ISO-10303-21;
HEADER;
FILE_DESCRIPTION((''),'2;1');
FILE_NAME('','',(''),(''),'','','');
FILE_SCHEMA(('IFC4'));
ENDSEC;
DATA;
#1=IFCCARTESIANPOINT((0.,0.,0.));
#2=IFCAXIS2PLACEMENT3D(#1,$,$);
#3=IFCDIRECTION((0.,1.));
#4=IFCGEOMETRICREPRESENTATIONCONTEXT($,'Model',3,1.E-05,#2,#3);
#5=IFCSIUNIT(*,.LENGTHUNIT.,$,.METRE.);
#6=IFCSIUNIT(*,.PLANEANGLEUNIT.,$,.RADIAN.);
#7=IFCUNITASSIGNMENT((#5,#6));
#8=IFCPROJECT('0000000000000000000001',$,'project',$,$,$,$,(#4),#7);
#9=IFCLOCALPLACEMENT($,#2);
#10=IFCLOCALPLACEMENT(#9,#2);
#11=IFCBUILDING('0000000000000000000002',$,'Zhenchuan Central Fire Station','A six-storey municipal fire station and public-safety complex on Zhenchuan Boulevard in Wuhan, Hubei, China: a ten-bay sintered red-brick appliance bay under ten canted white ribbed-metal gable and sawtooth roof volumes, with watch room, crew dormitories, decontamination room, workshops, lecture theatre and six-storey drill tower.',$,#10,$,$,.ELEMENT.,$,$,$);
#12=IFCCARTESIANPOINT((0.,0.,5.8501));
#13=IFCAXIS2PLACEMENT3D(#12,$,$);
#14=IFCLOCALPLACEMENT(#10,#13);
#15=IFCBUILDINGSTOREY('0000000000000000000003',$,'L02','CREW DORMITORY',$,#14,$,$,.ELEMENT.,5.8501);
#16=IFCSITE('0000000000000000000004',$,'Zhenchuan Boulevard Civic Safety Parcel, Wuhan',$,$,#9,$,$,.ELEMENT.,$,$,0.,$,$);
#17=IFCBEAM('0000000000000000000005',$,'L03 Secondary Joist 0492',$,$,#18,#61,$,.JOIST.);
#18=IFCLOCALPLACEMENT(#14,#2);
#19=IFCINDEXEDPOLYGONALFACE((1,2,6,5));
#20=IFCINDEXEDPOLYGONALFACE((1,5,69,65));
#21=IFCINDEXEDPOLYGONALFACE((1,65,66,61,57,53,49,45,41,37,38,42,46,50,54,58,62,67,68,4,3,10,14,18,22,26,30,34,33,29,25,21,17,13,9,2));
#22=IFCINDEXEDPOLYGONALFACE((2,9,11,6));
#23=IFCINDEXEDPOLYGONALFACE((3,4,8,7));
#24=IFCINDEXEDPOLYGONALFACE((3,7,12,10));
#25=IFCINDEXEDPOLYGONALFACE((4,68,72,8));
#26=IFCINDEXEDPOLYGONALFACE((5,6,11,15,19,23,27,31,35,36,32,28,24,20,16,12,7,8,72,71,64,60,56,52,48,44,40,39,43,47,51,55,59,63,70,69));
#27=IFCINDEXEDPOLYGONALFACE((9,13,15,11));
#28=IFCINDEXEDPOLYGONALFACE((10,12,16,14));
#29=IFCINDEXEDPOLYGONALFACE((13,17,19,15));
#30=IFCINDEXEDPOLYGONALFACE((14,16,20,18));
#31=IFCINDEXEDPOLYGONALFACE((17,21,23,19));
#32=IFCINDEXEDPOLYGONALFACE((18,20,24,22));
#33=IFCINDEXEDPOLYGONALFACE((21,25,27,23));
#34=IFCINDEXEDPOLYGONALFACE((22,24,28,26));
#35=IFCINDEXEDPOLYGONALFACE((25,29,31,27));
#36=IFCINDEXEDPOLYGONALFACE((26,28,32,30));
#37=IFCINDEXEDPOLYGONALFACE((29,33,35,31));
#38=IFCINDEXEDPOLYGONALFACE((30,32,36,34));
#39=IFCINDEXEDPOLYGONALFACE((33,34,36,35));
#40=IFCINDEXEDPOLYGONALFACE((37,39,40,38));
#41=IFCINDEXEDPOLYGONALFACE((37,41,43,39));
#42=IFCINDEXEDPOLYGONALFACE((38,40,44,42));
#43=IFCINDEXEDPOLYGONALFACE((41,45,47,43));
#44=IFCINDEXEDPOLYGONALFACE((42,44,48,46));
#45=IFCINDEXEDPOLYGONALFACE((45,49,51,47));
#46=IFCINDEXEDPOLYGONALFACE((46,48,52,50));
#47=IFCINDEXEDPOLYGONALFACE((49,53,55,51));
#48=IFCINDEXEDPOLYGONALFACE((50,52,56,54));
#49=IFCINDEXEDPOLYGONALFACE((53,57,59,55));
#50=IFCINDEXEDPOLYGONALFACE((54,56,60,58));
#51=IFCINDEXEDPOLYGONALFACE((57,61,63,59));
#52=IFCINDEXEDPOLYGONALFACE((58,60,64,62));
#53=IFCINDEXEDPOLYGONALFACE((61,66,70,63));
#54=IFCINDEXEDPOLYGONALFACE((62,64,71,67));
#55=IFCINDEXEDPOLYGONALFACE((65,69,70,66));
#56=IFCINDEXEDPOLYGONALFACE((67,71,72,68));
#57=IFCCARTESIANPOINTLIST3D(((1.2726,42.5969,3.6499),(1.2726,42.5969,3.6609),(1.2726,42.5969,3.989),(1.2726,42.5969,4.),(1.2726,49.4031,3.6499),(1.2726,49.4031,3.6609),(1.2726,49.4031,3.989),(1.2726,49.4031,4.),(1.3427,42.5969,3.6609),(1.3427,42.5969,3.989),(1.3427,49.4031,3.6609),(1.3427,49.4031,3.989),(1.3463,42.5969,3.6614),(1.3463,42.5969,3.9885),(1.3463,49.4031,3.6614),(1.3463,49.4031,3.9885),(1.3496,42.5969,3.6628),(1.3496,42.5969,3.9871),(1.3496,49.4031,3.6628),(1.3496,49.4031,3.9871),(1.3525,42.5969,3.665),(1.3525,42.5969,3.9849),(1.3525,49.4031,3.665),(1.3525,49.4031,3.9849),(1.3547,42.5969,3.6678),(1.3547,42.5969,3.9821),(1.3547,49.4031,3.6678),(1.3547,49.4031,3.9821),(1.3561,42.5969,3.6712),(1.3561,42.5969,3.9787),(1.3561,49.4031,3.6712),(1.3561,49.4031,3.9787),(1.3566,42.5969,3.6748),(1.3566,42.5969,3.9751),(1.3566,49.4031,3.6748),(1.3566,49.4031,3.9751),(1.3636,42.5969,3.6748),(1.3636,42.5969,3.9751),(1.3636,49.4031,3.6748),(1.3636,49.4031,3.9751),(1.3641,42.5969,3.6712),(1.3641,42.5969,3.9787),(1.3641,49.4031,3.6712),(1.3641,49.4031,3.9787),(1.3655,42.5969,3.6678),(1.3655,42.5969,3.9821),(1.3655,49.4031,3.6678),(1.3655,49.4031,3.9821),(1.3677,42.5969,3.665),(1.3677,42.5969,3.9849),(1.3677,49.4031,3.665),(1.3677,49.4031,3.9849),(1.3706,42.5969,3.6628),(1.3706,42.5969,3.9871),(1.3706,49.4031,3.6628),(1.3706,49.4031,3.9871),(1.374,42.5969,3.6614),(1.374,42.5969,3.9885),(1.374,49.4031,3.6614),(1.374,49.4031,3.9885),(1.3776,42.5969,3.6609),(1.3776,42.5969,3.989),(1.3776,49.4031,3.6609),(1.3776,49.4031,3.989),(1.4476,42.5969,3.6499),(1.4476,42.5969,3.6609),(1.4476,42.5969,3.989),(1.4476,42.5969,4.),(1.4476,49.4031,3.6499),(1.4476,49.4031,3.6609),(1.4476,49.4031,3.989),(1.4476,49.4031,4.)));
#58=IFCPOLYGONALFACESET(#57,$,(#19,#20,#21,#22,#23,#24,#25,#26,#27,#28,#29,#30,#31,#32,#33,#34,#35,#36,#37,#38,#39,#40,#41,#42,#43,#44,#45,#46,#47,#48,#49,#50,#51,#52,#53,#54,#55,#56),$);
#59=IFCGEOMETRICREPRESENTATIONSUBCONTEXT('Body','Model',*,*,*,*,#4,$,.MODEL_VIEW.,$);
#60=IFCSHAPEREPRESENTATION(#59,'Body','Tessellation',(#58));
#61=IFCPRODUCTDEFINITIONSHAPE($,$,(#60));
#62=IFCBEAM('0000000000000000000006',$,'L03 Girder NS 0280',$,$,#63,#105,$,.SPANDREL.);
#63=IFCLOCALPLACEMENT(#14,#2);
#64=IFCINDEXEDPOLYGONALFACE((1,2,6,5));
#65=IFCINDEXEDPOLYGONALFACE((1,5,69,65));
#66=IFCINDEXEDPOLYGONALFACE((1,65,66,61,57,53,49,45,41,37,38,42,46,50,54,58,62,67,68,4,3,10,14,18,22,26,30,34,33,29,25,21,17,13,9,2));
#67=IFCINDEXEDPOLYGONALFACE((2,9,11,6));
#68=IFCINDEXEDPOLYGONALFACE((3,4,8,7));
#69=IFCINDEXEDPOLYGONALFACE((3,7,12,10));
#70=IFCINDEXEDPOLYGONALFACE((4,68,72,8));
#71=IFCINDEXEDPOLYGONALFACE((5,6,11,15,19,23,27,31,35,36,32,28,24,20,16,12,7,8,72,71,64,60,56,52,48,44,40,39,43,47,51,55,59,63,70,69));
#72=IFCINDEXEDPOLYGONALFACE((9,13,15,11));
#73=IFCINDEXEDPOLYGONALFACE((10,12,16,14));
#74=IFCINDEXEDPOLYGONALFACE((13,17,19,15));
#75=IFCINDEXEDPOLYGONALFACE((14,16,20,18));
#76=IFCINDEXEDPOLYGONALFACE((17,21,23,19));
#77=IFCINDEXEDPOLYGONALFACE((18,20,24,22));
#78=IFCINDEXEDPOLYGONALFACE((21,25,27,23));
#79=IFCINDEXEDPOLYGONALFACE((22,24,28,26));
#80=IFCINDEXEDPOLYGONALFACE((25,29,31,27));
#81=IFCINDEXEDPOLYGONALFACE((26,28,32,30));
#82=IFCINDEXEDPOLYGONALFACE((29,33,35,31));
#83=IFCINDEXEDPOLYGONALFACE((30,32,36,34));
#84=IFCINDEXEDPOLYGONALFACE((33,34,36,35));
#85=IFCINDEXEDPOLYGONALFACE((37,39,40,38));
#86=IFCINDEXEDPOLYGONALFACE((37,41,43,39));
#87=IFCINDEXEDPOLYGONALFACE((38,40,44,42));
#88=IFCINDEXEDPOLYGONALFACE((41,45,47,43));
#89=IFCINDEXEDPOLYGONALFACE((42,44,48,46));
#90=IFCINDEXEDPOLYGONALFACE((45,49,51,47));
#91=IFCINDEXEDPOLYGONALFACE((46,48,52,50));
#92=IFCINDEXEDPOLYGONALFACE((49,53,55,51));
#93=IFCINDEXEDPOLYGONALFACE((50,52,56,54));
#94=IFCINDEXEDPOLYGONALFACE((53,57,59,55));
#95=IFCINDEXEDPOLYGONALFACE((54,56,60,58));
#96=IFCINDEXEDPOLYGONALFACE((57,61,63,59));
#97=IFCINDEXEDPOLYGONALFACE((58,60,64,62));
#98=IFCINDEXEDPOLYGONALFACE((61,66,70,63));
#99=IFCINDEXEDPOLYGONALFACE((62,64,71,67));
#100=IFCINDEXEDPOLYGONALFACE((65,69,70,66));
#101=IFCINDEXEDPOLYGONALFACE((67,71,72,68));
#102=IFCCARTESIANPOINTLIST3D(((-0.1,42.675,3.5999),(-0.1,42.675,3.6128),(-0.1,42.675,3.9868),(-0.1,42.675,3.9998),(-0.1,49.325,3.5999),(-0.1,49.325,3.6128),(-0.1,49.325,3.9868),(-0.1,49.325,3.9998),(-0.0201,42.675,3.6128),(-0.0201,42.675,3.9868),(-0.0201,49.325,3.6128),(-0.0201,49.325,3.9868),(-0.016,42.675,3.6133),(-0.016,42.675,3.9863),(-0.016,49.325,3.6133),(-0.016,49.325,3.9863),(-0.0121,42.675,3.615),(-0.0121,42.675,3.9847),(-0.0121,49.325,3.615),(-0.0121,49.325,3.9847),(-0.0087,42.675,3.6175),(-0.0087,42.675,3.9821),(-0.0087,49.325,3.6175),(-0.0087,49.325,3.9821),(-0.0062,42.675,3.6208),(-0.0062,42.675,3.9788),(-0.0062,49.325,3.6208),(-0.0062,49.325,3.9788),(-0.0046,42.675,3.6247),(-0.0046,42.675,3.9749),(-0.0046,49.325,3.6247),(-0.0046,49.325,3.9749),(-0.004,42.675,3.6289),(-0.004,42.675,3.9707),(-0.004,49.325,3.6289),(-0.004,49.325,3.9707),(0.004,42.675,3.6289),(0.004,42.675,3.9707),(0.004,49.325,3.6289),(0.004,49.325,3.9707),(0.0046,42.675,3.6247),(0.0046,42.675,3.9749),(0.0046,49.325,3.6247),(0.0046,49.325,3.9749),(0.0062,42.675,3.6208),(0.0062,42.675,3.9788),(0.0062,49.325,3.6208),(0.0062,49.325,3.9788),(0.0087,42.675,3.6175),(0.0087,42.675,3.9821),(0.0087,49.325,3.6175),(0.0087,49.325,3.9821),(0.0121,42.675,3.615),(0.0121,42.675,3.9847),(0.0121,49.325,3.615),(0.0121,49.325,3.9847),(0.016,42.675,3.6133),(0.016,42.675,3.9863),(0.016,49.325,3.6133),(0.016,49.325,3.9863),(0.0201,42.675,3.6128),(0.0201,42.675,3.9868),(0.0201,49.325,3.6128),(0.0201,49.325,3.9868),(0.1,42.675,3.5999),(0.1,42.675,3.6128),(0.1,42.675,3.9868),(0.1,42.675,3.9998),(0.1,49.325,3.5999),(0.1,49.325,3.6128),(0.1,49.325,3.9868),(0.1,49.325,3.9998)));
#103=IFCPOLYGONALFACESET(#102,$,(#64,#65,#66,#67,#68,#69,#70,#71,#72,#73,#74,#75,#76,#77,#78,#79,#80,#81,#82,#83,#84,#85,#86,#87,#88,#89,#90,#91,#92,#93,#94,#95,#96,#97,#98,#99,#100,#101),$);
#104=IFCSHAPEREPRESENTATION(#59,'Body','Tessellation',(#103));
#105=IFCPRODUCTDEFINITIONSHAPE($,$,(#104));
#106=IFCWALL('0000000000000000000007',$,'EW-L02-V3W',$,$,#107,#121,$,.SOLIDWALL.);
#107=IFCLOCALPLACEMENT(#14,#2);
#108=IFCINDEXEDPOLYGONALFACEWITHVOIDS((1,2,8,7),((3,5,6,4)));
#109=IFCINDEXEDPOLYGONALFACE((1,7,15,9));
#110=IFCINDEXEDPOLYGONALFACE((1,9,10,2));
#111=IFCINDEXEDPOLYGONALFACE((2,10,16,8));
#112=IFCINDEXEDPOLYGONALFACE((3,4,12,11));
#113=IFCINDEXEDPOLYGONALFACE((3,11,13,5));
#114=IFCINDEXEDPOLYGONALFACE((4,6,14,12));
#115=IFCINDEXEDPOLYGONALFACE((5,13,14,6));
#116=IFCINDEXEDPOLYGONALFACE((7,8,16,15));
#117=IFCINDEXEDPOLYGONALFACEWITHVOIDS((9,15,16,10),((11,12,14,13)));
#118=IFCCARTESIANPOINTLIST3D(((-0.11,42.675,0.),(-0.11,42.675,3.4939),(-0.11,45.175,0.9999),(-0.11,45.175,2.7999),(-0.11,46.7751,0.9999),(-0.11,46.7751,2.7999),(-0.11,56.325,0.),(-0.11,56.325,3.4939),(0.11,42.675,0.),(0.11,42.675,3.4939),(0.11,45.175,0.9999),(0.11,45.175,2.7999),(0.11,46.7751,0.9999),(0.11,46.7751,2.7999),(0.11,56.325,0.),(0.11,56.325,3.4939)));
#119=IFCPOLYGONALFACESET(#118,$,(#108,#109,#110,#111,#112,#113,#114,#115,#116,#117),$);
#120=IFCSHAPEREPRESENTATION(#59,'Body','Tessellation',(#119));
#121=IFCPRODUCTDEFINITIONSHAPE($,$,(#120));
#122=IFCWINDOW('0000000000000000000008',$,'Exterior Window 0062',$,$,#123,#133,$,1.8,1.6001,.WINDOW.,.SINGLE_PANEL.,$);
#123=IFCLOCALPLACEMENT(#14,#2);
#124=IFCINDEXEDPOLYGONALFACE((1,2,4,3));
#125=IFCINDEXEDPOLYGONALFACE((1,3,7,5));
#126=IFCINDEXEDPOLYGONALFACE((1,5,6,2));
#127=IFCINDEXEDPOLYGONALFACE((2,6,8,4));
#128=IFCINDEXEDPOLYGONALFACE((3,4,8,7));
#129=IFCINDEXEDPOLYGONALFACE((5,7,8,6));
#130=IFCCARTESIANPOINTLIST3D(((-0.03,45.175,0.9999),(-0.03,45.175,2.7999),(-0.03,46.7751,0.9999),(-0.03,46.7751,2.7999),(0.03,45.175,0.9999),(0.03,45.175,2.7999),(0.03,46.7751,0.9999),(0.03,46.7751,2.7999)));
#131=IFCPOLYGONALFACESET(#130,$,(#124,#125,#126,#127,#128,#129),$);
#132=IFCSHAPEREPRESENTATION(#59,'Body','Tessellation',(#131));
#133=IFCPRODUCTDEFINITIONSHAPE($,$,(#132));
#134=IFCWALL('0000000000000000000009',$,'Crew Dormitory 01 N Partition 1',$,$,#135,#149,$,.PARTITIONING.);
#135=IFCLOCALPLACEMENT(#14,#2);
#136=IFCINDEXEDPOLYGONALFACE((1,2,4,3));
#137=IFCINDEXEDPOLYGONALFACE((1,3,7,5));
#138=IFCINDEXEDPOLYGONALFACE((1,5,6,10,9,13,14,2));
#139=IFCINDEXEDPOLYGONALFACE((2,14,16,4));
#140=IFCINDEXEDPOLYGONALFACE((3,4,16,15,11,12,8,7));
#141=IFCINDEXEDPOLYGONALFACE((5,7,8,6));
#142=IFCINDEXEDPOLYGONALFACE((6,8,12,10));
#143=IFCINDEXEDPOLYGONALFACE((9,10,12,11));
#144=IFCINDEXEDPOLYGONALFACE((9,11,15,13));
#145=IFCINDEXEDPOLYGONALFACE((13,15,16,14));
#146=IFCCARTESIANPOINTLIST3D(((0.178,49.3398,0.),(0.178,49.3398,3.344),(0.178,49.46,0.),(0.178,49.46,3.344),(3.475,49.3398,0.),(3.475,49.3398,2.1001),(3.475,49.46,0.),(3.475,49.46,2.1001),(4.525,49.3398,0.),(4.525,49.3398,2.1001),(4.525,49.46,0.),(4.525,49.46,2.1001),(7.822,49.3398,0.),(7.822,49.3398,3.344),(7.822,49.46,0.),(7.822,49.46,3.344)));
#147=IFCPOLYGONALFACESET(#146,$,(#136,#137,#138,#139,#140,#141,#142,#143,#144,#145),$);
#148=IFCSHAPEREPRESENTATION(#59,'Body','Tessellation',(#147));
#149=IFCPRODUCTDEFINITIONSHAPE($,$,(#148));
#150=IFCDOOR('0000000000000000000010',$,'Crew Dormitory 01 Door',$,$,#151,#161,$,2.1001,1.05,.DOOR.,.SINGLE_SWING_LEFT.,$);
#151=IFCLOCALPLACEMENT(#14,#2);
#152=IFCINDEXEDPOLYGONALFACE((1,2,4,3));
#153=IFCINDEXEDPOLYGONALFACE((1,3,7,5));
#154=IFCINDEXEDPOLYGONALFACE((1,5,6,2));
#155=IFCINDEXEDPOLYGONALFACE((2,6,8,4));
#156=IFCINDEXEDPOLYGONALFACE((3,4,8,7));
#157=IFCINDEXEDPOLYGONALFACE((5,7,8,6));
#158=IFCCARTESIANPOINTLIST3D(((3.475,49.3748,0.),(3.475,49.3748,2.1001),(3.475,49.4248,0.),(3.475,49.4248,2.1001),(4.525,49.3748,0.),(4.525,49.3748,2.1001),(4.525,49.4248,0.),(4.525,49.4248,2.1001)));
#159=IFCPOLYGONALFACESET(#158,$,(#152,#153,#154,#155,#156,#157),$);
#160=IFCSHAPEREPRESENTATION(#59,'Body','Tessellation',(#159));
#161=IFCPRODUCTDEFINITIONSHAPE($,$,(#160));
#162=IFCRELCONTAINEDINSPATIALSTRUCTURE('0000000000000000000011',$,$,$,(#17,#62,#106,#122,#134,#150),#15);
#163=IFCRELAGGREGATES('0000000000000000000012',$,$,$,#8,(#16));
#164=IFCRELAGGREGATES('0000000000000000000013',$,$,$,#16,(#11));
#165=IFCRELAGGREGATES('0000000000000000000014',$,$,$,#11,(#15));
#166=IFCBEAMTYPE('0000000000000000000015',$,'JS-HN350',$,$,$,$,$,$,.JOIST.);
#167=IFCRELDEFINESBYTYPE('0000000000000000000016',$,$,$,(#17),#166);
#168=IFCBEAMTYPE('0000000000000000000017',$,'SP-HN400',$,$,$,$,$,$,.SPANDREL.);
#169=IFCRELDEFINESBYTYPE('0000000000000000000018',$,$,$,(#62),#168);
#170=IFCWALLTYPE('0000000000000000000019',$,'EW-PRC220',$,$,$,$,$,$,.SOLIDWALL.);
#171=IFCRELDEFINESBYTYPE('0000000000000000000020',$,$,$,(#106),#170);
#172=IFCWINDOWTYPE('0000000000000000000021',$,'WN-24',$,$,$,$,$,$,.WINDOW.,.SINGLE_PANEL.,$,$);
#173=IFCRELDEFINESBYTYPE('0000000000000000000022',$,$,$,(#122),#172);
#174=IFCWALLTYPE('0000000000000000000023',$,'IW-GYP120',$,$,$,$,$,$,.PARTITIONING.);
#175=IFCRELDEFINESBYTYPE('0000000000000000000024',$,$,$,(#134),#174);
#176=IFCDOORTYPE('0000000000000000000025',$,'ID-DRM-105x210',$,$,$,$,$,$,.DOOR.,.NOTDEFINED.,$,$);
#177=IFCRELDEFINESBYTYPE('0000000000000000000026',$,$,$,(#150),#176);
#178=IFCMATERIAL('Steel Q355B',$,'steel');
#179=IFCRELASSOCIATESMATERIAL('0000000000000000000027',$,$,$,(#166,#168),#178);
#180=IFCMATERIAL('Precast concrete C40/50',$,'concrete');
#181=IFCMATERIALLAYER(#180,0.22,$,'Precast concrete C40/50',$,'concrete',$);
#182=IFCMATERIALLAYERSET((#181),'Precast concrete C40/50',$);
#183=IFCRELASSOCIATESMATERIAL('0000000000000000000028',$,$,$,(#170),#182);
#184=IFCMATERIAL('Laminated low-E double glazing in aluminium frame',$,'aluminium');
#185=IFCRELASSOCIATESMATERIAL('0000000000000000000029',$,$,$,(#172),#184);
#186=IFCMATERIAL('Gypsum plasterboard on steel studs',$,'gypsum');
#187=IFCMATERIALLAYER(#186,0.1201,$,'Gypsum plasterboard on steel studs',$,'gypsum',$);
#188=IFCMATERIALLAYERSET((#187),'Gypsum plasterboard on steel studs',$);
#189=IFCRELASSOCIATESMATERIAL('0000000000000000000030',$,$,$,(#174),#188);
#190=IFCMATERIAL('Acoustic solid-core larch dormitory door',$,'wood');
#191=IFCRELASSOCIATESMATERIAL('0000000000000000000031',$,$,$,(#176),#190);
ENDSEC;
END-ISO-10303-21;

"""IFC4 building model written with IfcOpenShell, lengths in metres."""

from ifc_helpers import new_model, si_unit, direction, frame, frame_2d, origin, origin_2d, place, context, subcontext, project, spatial, rectangle, i_section, extrude, material, layer, layer_set, material_profile, profile_set, type_object, element, fill, save


model = new_model("IFC4")

# Units and contexts
model_context = context("Model", 3, precision=1e-05, world=origin(), true_north=direction((0.0, 1.0)))
body_context = subcontext(model_context, "Body", "Model", "MODEL_VIEW")
ifc_project = project(units=[si_unit("LENGTHUNIT", "METRE"), si_unit("PLANEANGLEUNIT", "RADIAN")], contexts=[model_context])

# Site, building, storey
site_placement = place(None, origin())
site = spatial("IfcSite", under=ifc_project, at=site_placement, Name="Zhenchuan Boulevard Civic Safety Parcel, Wuhan", CompositionType="ELEMENT", RefElevation=0.0)
building_placement = place(site_placement, origin())
building = spatial("IfcBuilding", under=site, at=building_placement, Name="Zhenchuan Central Fire Station", Description="A six-storey municipal fire station and public-safety complex on Zhenchuan Boulevard in Wuhan, Hubei, China: a ten-bay sintered red-brick appliance bay under ten canted white ribbed-metal gable and sawtooth roof volumes, with watch room, crew dormitories, decontamination room, workshops, lecture theatre and six-storey drill tower.", CompositionType="ELEMENT")
storey_placement = place(building_placement, frame((0.0, 0.0, 5.8501)))
storey = spatial("IfcBuildingStorey", under=building, at=storey_placement, Name="L02", Description="CREW DORMITORY", CompositionType="ELEMENT", Elevation=5.8501)

# Shared definitions
ifc_material_1 = material(Name="Steel Q355B", Category="steel")

# Beams
ifc_material_profile_1 = material_profile(ifc_material_1, i_section(OverallWidth=0.175, OverallDepth=0.3501, WebThickness=0.0071, FlangeThickness=0.011, FilletRadius=0.0139, at=origin_2d()), Name="HN 350x175")
ifc_profile_set_1 = profile_set([ifc_material_profile_1], Name="Steel Q355B")
beam_type_1 = type_object("IfcBeamType", Name="JS-HN350", PredefinedType="JOIST", material=ifc_profile_set_1)
beam_1_placement = place(storey_placement, frame((1.3601, 42.5969, 3.825), z_axis=(0.0, 1.0, 0.0), x_axis=(-1.0, 0.0, 0.0)))
element("IfcBeam", 1, at=beam_1_placement, inside=storey, type_object=beam_type_1, Name="L03 Secondary Joist 0492", PredefinedType="JOIST", context=body_context, shape_type="SweptSolid", body=[
    extrude(i_section(OverallWidth=0.175, OverallDepth=0.3501, WebThickness=0.0071, FlangeThickness=0.011, FilletRadius=0.0139, at=origin_2d()), origin(), (0.0, 0.0, 1.0), 6.8062),
])
ifc_material_profile_2 = material_profile(ifc_material_1, i_section(OverallWidth=0.2, OverallDepth=0.3999, WebThickness=0.0081, FlangeThickness=0.0129, FilletRadius=0.0161, at=origin_2d()), Name="HN 400x200")
ifc_profile_set_2 = profile_set([ifc_material_profile_2], Name="Steel Q355B")
beam_type_2 = type_object("IfcBeamType", Name="SP-HN400", PredefinedType="SPANDREL", material=ifc_profile_set_2)
beam_2_placement = place(storey_placement, frame((0.0, 42.675, 3.7998), z_axis=(0.0, 1.0, 0.0), x_axis=(-1.0, 0.0, 0.0)))
element("IfcBeam", 2, at=beam_2_placement, inside=storey, type_object=beam_type_2, Name="L03 Girder NS 0280", PredefinedType="SPANDREL", context=body_context, shape_type="SweptSolid", body=[
    extrude(i_section(OverallWidth=0.2, OverallDepth=0.3999, WebThickness=0.0081, FlangeThickness=0.0129, FilletRadius=0.0161, at=origin_2d()), origin(), (0.0, 0.0, 1.0), 6.6499),
])

# Wall, opening, window
ifc_material_2 = material(Name="Precast concrete C40/50", Category="concrete")
ifc_layer_1 = layer(ifc_material_2, 0.22, Name="Precast concrete C40/50", Category="concrete")
ifc_layer_set_1 = layer_set([ifc_layer_1], Name="Precast concrete C40/50")
wall_type_1 = type_object("IfcWallType", Name="EW-PRC220", PredefinedType="SOLIDWALL", material=ifc_layer_set_1)
wall_1_placement = place(storey_placement, frame((0.0, 42.675, 0.0), z_axis=(0.0, 0.0, 1.0), x_axis=(0.0, 1.0, 0.0)))
wall_1 = element("IfcWall", 3, at=wall_1_placement, inside=storey, type_object=wall_type_1, Name="EW-L02-V3W", PredefinedType="SOLIDWALL", context=body_context, shape_type="SweptSolid", body=[
    extrude(rectangle(XDim=13.6499, YDim=0.22, at=frame_2d((6.825, 0.0))), origin(), (0.0, 0.0, 1.0), 3.4939),
])
opening_1_placement = place(wall_1_placement, frame((2.5, 0.0, 1.0)))
opening_1 = element("IfcOpeningElement", 4, at=opening_1_placement, cuts=wall_1, PredefinedType="OPENING", context=body_context, shape_type="SweptSolid", body=[
    extrude(rectangle(XDim=1.6001, YDim=1.8, at=frame_2d((0.8, 0.8999))), frame((0.0, 0.1199, 0.0), z_axis=(0.0, -1.0, 0.0), x_axis=(1.0, 0.0, 0.0)), (0.0, 0.0, 1.0), 0.24),
])
ifc_material_3 = material(Name="Laminated low-E double glazing in aluminium frame", Category="aluminium")
window_type = type_object("IfcWindowType", Name="WN-24", PartitioningType="SINGLE_PANEL", PredefinedType="WINDOW", material=ifc_material_3)
window_placement = place(opening_1_placement, origin())
window = element("IfcWindow", 5, at=window_placement, inside=storey, type_object=window_type, Name="Exterior Window 0062", OverallHeight=1.8, OverallWidth=1.6001, PartitioningType="SINGLE_PANEL", PredefinedType="WINDOW", context=body_context, shape_type="SweptSolid", body=[
    extrude(rectangle(XDim=1.6001, YDim=1.8, at=frame_2d((0.8, 0.8999))), frame((0.0, 0.03, 0.0), z_axis=(0.0, -1.0, 0.0), x_axis=(1.0, 0.0, 0.0)), (0.0, 0.0, 1.0), 0.0601),
])
fill(opening_1, window)

# Wall, opening, door
ifc_material_4 = material(Name="Gypsum plasterboard on steel studs", Category="gypsum")
ifc_layer_2 = layer(ifc_material_4, 0.1201, Name="Gypsum plasterboard on steel studs", Category="gypsum")
ifc_layer_set_2 = layer_set([ifc_layer_2], Name="Gypsum plasterboard on steel studs")
wall_type_2 = type_object("IfcWallType", Name="IW-GYP120", PredefinedType="PARTITIONING", material=ifc_layer_set_2)
wall_2_placement = place(storey_placement, frame((0.178, 49.3999, 0.0), z_axis=(0.0, 0.0, 1.0), x_axis=(1.0, 0.0, 0.0)))
wall_2 = element("IfcWall", 6, at=wall_2_placement, inside=storey, type_object=wall_type_2, Name="Crew Dormitory 01 N Partition 1", PredefinedType="PARTITIONING", context=body_context, shape_type="SweptSolid", body=[
    extrude(rectangle(XDim=7.644, YDim=0.1201, at=frame_2d((3.822, 0.0))), origin(), (0.0, 0.0, 1.0), 3.344),
])
opening_2_placement = place(wall_2_placement, frame((3.2971, 0.0, 0.0)))
opening_2 = element("IfcOpeningElement", 7, at=opening_2_placement, cuts=wall_2, PredefinedType="OPENING", context=body_context, shape_type="SweptSolid", body=[
    extrude(rectangle(XDim=1.05, YDim=2.1001, at=frame_2d((0.5249, 1.05))), frame((0.0, 0.0701, 0.0), z_axis=(0.0, -1.0, 0.0), x_axis=(1.0, 0.0, 0.0)), (0.0, 0.0, 1.0), 0.1401),
])
ifc_material_5 = material(Name="Acoustic solid-core larch dormitory door", Category="wood")
door_type_1 = type_object("IfcDoorType", Name="ID-DRM-105x210", OperationType="NOTDEFINED", PredefinedType="DOOR", material=ifc_material_5)
door_1_placement = place(opening_2_placement, origin())
door_1 = element("IfcDoor", 8, at=door_1_placement, inside=storey, type_object=door_type_1, Name="Crew Dormitory 01 Door", OperationType="SINGLE_SWING_LEFT", OverallHeight=2.1001, OverallWidth=1.05, PredefinedType="DOOR", context=body_context, shape_type="SweptSolid", body=[
    extrude(rectangle(XDim=1.05, YDim=2.1001, at=frame_2d((0.5249, 1.05))), frame((0.0, 0.0249, 0.0), z_axis=(0.0, -1.0, 0.0), x_axis=(1.0, 0.0, 0.0)), (0.0, 0.0, 1.0), 0.05),
])
fill(opening_2, door_1)

save(model, "model.ifc")
